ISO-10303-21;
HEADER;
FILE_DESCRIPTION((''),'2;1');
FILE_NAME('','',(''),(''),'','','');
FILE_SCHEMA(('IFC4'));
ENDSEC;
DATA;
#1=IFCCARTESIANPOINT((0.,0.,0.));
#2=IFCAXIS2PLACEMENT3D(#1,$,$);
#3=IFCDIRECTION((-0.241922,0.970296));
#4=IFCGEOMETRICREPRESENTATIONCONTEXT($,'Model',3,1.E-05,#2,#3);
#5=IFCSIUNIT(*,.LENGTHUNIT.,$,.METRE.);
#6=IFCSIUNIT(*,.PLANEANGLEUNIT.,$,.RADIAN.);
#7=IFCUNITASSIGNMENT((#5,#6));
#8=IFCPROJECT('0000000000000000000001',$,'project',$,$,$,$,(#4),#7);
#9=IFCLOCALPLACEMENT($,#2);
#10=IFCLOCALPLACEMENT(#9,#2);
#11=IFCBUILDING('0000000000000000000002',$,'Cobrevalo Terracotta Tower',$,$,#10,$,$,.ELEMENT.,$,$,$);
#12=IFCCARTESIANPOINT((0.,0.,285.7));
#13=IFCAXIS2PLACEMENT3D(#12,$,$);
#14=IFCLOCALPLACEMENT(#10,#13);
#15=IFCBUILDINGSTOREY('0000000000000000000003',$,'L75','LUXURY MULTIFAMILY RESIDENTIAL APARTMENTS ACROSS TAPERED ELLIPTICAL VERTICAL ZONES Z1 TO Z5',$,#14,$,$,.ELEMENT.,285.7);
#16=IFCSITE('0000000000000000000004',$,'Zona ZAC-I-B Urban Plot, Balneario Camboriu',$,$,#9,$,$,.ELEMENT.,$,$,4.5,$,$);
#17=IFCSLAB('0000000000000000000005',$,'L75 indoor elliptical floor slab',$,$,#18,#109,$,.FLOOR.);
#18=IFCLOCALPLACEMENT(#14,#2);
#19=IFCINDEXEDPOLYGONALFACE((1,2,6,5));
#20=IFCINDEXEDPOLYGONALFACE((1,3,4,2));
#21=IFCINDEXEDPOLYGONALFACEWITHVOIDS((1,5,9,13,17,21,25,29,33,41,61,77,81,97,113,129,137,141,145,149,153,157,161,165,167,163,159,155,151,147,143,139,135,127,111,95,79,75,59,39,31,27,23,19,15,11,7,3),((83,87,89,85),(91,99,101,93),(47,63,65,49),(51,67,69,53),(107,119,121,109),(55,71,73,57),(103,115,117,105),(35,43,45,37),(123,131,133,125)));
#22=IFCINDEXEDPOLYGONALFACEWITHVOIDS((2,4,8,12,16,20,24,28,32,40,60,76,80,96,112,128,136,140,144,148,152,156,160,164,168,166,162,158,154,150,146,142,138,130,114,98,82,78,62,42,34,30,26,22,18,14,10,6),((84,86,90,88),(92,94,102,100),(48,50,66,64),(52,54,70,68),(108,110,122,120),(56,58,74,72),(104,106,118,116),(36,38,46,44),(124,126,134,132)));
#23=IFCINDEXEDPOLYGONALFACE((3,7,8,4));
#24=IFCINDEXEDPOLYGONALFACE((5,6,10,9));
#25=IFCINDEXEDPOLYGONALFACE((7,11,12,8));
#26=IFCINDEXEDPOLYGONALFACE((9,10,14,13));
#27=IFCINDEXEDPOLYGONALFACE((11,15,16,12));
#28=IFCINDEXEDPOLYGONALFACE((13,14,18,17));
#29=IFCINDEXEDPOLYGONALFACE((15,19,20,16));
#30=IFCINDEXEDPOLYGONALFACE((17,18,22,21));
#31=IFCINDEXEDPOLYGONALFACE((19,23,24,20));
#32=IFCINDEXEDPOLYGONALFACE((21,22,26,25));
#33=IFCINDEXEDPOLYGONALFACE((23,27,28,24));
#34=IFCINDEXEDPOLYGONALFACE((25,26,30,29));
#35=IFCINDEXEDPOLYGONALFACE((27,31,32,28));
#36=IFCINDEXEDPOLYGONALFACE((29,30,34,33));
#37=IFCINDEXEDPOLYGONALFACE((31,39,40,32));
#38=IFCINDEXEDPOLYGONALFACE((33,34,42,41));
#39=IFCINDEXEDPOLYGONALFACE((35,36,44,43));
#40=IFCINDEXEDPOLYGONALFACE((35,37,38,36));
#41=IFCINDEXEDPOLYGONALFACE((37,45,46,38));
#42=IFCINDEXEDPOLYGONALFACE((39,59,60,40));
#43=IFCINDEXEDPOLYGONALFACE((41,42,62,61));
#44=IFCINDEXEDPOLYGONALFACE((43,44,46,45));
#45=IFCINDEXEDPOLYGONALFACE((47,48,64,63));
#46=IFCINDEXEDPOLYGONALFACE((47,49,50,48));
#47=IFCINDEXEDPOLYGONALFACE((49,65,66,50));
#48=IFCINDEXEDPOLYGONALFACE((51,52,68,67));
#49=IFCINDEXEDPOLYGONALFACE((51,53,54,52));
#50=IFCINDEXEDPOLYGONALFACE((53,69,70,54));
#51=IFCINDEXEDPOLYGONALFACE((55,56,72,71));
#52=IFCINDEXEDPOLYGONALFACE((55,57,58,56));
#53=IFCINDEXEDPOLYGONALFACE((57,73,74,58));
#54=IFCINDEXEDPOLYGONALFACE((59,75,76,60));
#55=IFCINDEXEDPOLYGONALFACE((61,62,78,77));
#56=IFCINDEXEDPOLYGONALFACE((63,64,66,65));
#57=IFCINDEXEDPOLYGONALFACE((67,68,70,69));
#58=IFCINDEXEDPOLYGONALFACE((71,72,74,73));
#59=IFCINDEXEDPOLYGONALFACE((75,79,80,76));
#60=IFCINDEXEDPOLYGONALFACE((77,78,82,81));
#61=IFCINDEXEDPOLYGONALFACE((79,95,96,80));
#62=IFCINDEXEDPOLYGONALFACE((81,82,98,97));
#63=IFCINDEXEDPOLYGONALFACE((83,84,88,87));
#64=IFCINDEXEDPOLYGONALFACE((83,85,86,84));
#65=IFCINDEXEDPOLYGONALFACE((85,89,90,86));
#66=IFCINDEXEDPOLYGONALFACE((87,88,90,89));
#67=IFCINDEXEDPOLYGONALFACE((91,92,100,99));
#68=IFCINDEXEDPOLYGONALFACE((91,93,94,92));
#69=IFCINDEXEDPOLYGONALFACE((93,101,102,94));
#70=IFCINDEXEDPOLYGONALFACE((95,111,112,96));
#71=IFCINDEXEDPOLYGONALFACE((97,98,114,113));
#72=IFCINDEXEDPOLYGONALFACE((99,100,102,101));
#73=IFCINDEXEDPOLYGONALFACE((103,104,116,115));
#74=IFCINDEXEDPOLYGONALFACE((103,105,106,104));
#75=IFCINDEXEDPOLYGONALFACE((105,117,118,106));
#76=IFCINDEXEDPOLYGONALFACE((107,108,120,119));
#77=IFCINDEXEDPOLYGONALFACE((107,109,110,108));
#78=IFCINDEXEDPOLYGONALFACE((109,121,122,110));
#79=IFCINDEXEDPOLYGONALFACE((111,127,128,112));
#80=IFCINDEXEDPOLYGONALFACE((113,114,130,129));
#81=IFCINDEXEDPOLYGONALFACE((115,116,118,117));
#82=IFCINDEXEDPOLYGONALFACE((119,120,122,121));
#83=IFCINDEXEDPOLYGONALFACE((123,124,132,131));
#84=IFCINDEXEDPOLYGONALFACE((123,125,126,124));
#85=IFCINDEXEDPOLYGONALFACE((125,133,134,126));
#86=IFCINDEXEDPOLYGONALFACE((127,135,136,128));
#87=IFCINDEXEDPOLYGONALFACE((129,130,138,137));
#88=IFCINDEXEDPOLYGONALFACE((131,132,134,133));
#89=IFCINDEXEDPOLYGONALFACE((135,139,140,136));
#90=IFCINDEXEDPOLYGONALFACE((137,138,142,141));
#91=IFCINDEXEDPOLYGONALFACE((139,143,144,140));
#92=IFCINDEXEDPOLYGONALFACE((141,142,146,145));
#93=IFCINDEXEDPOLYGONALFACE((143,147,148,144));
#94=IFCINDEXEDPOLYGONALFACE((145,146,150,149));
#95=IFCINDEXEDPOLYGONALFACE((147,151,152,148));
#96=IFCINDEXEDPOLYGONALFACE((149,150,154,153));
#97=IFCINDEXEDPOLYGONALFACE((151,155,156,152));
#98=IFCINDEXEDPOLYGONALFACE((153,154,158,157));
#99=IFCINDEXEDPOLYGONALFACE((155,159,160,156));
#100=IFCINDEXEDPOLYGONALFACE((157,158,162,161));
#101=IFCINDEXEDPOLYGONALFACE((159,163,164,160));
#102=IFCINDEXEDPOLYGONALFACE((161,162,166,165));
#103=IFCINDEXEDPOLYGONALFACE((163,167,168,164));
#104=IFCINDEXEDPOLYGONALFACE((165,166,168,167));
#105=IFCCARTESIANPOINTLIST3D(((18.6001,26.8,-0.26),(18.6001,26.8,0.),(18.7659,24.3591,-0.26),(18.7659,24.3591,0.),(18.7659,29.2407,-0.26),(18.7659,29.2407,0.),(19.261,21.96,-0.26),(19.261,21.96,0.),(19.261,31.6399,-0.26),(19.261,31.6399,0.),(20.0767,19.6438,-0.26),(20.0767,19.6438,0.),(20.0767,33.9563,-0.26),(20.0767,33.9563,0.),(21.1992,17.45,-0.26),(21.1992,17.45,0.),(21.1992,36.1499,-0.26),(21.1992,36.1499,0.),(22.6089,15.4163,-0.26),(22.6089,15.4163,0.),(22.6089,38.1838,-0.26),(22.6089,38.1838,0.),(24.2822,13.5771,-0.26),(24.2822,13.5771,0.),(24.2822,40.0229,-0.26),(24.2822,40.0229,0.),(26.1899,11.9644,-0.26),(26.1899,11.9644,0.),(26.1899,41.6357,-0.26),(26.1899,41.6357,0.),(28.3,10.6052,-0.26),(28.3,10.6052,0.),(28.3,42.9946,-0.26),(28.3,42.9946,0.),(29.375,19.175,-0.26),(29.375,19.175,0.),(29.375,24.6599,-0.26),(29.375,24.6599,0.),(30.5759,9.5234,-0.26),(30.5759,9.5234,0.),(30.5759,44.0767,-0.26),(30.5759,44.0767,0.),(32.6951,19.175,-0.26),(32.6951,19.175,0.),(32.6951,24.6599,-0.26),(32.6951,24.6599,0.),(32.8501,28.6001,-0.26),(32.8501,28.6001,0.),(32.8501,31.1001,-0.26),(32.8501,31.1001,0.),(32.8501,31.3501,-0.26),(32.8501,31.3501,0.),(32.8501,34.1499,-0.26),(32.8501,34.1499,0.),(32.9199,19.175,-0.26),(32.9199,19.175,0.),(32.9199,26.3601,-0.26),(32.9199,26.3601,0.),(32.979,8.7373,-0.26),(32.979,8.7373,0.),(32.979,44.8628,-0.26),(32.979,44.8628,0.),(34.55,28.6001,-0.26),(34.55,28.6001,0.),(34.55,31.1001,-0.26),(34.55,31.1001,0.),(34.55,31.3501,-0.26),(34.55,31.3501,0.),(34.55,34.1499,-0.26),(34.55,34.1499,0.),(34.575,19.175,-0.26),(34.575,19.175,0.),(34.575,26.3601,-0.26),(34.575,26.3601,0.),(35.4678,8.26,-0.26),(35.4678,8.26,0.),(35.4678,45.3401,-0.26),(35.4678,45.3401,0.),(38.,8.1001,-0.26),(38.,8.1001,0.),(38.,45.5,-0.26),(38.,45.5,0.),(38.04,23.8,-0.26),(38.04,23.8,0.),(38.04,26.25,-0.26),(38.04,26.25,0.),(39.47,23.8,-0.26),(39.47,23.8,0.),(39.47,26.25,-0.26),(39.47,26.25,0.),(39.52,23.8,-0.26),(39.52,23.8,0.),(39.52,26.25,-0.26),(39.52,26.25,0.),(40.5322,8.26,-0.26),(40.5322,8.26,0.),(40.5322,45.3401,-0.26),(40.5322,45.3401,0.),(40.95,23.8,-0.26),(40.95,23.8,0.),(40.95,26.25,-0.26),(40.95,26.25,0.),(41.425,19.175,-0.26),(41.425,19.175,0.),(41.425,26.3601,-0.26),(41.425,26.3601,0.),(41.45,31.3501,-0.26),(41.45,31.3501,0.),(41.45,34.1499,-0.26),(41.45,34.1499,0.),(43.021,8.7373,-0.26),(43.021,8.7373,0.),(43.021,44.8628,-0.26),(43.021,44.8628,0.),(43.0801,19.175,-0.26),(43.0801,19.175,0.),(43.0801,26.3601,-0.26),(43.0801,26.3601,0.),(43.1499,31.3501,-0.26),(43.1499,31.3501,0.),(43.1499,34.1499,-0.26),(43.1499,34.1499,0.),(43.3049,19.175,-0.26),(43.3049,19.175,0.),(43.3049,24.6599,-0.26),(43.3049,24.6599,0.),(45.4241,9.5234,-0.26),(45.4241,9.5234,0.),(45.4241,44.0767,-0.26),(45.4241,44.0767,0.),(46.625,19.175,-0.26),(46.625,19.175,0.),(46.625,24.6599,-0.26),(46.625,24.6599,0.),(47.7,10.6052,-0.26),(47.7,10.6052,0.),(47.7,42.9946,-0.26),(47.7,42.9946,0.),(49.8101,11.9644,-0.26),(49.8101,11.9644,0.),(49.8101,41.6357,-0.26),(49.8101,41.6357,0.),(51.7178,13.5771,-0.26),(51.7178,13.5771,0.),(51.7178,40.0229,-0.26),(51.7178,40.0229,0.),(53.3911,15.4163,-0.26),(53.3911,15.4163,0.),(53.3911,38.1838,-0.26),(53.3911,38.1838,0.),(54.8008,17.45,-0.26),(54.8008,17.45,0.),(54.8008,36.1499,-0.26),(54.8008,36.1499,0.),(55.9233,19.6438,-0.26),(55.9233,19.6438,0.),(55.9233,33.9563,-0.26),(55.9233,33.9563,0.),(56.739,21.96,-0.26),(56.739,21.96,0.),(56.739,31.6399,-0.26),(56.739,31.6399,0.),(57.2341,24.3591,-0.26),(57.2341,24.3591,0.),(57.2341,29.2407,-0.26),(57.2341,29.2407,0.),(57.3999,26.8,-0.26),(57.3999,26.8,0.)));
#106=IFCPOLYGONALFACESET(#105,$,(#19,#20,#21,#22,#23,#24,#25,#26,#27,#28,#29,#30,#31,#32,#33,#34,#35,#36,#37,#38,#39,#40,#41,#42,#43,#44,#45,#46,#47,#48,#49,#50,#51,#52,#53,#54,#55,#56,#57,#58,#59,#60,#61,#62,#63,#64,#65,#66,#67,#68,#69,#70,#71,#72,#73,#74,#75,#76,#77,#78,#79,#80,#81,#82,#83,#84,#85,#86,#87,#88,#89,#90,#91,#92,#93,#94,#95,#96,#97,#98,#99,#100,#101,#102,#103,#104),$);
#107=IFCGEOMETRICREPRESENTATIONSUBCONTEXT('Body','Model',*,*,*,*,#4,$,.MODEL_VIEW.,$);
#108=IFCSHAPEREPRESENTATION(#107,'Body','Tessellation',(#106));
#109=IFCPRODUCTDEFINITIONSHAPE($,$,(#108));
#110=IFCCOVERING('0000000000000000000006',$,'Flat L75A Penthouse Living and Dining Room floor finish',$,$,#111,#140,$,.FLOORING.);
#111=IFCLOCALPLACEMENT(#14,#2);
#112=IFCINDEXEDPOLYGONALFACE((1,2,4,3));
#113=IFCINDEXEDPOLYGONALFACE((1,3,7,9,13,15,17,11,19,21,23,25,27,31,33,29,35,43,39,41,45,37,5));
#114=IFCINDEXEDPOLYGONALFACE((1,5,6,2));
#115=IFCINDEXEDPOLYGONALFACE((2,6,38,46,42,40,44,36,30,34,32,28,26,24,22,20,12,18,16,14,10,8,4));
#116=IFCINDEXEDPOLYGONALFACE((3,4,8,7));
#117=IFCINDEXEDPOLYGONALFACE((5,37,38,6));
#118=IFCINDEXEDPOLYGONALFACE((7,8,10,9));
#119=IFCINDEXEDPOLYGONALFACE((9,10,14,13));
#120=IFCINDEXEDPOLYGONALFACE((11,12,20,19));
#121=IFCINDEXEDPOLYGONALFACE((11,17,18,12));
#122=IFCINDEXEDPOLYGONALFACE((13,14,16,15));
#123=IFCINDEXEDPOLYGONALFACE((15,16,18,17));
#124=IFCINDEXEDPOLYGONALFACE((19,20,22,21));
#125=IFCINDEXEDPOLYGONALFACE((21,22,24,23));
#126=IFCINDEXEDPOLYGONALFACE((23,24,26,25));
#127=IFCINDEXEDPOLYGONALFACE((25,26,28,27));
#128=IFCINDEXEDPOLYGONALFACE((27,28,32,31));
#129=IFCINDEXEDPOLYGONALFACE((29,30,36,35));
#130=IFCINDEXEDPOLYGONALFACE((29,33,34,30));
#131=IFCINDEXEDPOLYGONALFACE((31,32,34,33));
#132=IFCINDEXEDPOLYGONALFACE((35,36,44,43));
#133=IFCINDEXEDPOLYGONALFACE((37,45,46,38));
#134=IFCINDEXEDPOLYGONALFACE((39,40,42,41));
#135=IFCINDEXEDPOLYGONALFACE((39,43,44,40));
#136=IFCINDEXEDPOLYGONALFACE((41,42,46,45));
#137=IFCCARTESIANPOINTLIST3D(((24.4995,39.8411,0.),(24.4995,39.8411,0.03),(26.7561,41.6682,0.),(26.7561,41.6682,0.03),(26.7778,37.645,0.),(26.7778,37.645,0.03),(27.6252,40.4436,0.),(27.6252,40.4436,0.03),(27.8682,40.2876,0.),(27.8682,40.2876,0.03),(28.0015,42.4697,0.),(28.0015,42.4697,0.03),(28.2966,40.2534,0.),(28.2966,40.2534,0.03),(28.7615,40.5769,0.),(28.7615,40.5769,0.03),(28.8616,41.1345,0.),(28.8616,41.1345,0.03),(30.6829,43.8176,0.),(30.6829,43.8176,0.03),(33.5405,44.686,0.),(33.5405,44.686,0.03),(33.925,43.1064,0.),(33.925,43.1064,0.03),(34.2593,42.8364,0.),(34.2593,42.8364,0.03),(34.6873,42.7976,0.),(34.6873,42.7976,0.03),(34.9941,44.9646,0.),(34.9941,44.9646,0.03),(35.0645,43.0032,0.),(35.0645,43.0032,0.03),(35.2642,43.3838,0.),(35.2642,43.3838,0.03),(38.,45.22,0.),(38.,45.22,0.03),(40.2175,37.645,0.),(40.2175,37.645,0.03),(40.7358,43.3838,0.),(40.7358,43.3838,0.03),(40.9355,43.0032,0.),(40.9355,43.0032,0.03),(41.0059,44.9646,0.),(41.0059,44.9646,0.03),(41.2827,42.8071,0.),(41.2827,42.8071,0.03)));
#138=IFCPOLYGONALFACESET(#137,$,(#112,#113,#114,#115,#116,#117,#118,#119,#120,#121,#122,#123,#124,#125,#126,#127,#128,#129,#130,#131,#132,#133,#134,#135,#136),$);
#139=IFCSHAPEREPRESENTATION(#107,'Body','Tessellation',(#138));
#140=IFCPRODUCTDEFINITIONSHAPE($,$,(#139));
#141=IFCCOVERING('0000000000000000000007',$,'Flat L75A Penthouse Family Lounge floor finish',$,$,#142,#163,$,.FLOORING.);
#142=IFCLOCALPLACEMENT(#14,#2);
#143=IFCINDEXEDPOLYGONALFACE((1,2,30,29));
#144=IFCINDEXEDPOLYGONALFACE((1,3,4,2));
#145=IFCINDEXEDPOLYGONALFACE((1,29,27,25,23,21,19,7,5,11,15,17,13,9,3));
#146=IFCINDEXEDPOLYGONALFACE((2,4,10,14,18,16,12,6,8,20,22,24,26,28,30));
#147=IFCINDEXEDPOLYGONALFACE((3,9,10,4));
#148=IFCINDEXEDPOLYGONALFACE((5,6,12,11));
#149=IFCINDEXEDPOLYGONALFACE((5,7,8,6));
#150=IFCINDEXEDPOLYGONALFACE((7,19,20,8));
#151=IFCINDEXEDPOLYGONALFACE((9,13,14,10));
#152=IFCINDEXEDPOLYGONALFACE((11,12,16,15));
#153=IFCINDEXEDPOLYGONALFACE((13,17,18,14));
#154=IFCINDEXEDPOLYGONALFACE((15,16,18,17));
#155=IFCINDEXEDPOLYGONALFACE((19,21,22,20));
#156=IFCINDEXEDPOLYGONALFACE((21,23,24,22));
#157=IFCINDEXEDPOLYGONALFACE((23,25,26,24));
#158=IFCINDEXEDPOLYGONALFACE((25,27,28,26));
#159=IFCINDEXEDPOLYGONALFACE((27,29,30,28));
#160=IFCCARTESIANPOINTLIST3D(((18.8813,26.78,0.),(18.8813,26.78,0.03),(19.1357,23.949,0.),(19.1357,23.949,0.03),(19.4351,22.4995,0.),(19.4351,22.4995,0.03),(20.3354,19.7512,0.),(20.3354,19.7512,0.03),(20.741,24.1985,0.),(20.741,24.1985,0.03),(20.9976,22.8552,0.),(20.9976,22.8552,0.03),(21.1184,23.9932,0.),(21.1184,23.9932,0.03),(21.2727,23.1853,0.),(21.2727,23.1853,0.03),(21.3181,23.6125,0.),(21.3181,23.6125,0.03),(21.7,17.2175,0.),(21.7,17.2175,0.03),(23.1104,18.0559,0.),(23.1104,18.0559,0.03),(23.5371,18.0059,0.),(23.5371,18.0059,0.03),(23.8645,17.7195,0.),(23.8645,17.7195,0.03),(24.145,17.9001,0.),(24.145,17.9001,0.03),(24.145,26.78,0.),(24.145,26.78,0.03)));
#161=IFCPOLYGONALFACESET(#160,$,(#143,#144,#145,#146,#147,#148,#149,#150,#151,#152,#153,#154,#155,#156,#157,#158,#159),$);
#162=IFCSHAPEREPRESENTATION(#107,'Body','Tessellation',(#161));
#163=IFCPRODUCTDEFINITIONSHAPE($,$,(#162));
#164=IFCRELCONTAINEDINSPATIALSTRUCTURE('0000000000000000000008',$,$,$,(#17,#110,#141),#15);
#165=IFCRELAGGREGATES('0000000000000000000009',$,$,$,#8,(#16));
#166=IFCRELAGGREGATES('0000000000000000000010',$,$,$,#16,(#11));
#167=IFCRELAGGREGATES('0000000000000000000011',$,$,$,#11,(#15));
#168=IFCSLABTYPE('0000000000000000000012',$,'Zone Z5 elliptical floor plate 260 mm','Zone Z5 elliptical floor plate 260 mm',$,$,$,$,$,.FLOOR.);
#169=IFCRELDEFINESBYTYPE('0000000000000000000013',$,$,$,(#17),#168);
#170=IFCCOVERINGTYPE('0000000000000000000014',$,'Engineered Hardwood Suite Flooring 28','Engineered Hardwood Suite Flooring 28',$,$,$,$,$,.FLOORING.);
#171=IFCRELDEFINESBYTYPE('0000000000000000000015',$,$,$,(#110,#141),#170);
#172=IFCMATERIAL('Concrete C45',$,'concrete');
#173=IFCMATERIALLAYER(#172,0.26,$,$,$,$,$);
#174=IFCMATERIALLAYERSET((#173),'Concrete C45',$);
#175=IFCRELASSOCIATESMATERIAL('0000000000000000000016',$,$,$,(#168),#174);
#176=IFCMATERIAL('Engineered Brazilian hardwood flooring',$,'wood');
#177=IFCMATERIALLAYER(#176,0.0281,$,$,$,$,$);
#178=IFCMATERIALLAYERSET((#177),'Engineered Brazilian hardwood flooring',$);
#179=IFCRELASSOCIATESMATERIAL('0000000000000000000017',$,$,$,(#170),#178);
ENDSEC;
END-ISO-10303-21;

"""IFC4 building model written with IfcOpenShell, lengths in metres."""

from ifc_helpers import new_model, si_unit, direction, frame, origin, place, context, subcontext, project, spatial, polyline, outline, extrude, material, layer, layer_set, type_object, element, save


model = new_model("IFC4")

# Units and contexts
model_context = context("Model", 3, precision=1e-05, world=origin(), true_north=direction((-0.241922, 0.970296)))
body_context = subcontext(model_context, "Body", "Model", "MODEL_VIEW")
ifc_project = project(units=[si_unit("LENGTHUNIT", "METRE"), si_unit("PLANEANGLEUNIT", "RADIAN")], contexts=[model_context])

# Site, building, storey
site_placement = place(None, origin())
site = spatial("IfcSite", under=ifc_project, at=site_placement, Name="Zona ZAC-I-B Urban Plot, Balneario Camboriu", CompositionType="ELEMENT", RefElevation=4.5)
building_placement = place(site_placement, origin())
building = spatial("IfcBuilding", under=site, at=building_placement, Name="Cobrevalo Terracotta Tower", CompositionType="ELEMENT")
storey_placement = place(building_placement, frame((0.0, 0.0, 285.7)))
storey = spatial("IfcBuildingStorey", under=building, at=storey_placement, Name="L75", Description="LUXURY MULTIFAMILY RESIDENTIAL APARTMENTS ACROSS TAPERED ELLIPTICAL VERTICAL ZONES Z1 TO Z5", CompositionType="ELEMENT", Elevation=285.7)

# Slab
ifc_material_1 = material(Name="Concrete C45", Category="concrete")
ifc_layer_1 = layer(ifc_material_1, 0.26)
ifc_layer_set_1 = layer_set([ifc_layer_1], Name="Concrete C45")
slab_type_1 = type_object("IfcSlabType", Name="Zone Z5 elliptical floor plate 260 mm", Description="Zone Z5 elliptical floor plate 260 mm", PredefinedType="FLOOR", material=ifc_layer_set_1)
slab_1_placement = place(storey_placement, frame((0.0, 0.0, -0.26)))
element("IfcSlab", 1, at=slab_1_placement, inside=storey, type_object=slab_type_1, Name="L75 indoor elliptical floor slab", PredefinedType="FLOOR", context=body_context, shape_type="SweptSolid", body=[
    extrude(outline(polyline([(57.2341, 24.3591), (56.739, 21.96), (55.9233, 19.6438), (54.8008, 17.45), (53.3911, 15.4163), (51.7178, 13.5771), (49.8101, 11.9644), (47.7, 10.6052), (45.4241, 9.5234), (43.021, 8.7373), (40.5322, 8.26), (38.0, 8.1001), (35.4678, 8.26), (32.979, 8.7373), (30.5759, 9.5234), (28.3, 10.6052), (26.1899, 11.9644), (24.2822, 13.5771), (22.6089, 15.4163), (21.1992, 17.45), (20.0767, 19.6438), (19.261, 21.96), (18.7659, 24.3591), (18.6001, 26.8), (18.7659, 29.2407), (19.261, 31.6399), (20.0767, 33.9563), (21.1992, 36.1499), (22.6089, 38.1838), (24.2822, 40.0229), (26.1899, 41.6357), (28.3, 42.9946), (30.5759, 44.0767), (32.979, 44.8628), (35.4678, 45.3401), (38.0, 45.5), (40.5322, 45.3401), (43.021, 44.8628), (45.4241, 44.0767), (47.7, 42.9946), (49.8101, 41.6357), (51.7178, 40.0229), (53.3911, 38.1838), (54.8008, 36.1499), (55.9233, 33.9563), (56.739, 31.6399), (57.2341, 29.2407), (57.3999, 26.8), (57.2341, 24.3591)]), holes=[polyline([(32.6951, 19.175), (32.6951, 24.6599), (29.375, 24.6599), (29.375, 19.175), (32.6951, 19.175)]), polyline([(46.625, 19.175), (46.625, 24.6599), (43.3049, 24.6599), (43.3049, 19.175), (46.625, 19.175)]), polyline([(34.575, 26.3601), (32.9199, 26.3601), (32.9199, 19.175), (34.575, 19.175), (34.575, 26.3601)]), polyline([(43.0801, 26.3601), (41.425, 26.3601), (41.425, 19.175), (43.0801, 19.175), (43.0801, 26.3601)]), polyline([(39.47, 26.25), (38.04, 26.25), (38.04, 23.8), (39.47, 23.8), (39.47, 26.25)]), polyline([(40.95, 26.25), (39.52, 26.25), (39.52, 23.8), (40.95, 23.8), (40.95, 26.25)]), polyline([(34.55, 31.1001), (32.8501, 31.1001), (32.8501, 28.6001), (34.55, 28.6001), (34.55, 31.1001)]), polyline([(34.55, 31.3501), (34.55, 34.1499), (32.8501, 34.1499), (32.8501, 31.3501), (34.55, 31.3501)]), polyline([(43.1499, 31.3501), (43.1499, 34.1499), (41.45, 34.1499), (41.45, 31.3501), (43.1499, 31.3501)])]), origin(), (0.0, 0.0, 1.0), 0.26),
])

# Coverings
ifc_material_2 = material(Name="Engineered Brazilian hardwood flooring", Category="wood")
ifc_layer_2 = layer(ifc_material_2, 0.0281)
ifc_layer_set_2 = layer_set([ifc_layer_2], Name="Engineered Brazilian hardwood flooring")
covering_type_1 = type_object("IfcCoveringType", Name="Engineered Hardwood Suite Flooring 28", Description="Engineered Hardwood Suite Flooring 28", PredefinedType="FLOORING", material=ifc_layer_set_2)
covering_1_placement = place(storey_placement, origin())
element("IfcCovering", 2, at=covering_1_placement, inside=storey, type_object=covering_type_1, Name="Flat L75A Penthouse Living and Dining Room floor finish", PredefinedType="FLOORING", context=body_context, shape_type="SweptSolid", body=[
    extrude(outline(polyline([(26.7561, 41.6682), (27.6252, 40.4436), (27.8682, 40.2876), (28.2966, 40.2534), (28.7615, 40.5769), (28.8616, 41.1345), (28.0015, 42.4697), (30.6829, 43.8176), (33.5405, 44.686), (33.925, 43.1064), (34.2593, 42.8364), (34.6873, 42.7976), (35.0645, 43.0032), (35.2642, 43.3838), (34.9941, 44.9646), (38.0, 45.22), (41.0059, 44.9646), (40.7358, 43.3838), (40.9355, 43.0032), (41.2827, 42.8071), (40.2175, 37.645), (26.7778, 37.645), (24.4995, 39.8411), (26.7561, 41.6682)])), origin(), (0.0, 0.0, 1.0), 0.03),
])
covering_2_placement = place(storey_placement, origin())
element("IfcCovering", 3, at=covering_2_placement, inside=storey, type_object=covering_type_1, Name="Flat L75A Penthouse Family Lounge floor finish", PredefinedType="FLOORING", context=body_context, shape_type="SweptSolid", body=[
    extrude(outline(polyline([(20.3354, 19.7512), (19.4351, 22.4995), (20.9976, 22.8552), (21.2727, 23.1853), (21.3181, 23.6125), (21.1184, 23.9932), (20.741, 24.1985), (19.1357, 23.949), (18.8813, 26.78), (24.145, 26.78), (24.145, 17.9001), (23.8645, 17.7195), (23.5371, 18.0059), (23.1104, 18.0559), (21.7, 17.2175), (20.3354, 19.7512)])), origin(), (0.0, 0.0, 1.0), 0.03),
])

save(model, "model.ifc")
